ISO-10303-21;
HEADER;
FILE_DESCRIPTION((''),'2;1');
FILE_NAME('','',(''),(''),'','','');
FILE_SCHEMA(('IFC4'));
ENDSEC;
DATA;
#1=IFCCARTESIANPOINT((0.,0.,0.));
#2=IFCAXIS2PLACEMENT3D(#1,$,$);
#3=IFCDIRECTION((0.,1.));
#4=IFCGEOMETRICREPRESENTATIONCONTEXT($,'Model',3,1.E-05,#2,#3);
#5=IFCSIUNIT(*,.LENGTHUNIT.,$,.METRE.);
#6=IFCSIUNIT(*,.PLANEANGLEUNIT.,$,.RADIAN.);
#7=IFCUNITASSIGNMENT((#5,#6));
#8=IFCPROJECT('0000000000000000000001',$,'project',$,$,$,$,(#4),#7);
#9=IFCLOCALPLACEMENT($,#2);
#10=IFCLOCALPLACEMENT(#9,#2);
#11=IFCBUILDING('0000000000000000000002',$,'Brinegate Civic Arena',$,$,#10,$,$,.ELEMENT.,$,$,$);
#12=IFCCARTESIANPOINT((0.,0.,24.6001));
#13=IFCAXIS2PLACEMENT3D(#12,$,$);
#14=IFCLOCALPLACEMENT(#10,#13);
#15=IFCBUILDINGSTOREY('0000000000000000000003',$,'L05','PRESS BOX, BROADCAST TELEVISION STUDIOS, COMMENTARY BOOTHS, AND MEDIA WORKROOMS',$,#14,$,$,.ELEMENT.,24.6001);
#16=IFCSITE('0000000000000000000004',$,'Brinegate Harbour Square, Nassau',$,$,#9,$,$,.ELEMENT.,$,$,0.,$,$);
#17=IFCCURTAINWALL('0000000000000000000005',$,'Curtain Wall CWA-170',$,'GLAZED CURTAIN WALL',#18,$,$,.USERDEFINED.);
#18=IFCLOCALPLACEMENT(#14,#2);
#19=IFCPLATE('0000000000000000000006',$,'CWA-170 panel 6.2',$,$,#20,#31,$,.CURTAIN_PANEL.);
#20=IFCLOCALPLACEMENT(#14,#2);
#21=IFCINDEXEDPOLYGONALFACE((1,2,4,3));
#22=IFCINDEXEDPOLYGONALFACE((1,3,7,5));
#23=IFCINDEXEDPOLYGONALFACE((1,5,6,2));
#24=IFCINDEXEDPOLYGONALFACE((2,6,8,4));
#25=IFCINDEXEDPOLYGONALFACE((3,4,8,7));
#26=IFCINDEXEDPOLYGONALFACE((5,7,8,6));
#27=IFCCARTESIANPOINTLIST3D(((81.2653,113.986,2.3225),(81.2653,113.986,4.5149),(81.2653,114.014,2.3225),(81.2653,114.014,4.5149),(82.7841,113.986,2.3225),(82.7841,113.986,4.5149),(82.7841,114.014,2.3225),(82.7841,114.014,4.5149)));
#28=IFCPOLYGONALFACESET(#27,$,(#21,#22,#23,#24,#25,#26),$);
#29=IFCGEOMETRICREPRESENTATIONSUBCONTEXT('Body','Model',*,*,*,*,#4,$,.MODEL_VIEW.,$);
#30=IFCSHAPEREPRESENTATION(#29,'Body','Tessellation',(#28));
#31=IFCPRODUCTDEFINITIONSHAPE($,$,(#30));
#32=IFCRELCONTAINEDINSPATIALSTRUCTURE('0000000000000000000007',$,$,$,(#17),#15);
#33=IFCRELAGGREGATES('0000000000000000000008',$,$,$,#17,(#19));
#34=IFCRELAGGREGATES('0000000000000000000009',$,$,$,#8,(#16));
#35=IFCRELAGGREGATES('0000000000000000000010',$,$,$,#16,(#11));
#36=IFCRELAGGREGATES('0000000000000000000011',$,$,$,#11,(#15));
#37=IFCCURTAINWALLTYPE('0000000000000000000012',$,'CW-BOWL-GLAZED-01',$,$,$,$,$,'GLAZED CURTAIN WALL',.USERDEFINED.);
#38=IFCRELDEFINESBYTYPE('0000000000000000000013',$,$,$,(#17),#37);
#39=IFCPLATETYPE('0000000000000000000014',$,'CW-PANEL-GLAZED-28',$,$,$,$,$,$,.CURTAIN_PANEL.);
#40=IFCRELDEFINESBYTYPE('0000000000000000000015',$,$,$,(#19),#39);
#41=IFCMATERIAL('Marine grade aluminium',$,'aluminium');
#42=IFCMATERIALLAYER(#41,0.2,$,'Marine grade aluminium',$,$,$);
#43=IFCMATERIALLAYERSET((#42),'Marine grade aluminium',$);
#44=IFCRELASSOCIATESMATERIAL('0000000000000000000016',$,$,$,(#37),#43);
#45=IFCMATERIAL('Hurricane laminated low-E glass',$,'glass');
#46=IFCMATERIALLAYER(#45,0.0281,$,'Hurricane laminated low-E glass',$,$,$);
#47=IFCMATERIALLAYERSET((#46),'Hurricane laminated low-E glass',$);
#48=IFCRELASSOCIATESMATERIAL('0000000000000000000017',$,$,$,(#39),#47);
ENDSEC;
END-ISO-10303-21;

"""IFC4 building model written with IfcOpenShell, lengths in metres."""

from ifc_helpers import new_model, si_unit, direction, frame, origin, origin_2d, place, context, subcontext, project, spatial, rectangle, extrude, material, layer, layer_set, type_object, element, aggregate, save


model = new_model("IFC4")

# Units and contexts
model_context = context("Model", 3, precision=1e-05, world=origin(), true_north=direction((0.0, 1.0)))
body_context = subcontext(model_context, "Body", "Model", "MODEL_VIEW")
ifc_project = project(units=[si_unit("LENGTHUNIT", "METRE"), si_unit("PLANEANGLEUNIT", "RADIAN")], contexts=[model_context])

# Site, building, storey
site_placement = place(None, origin())
site = spatial("IfcSite", under=ifc_project, at=site_placement, Name="Brinegate Harbour Square, Nassau", CompositionType="ELEMENT", RefElevation=0.0)
building_placement = place(site_placement, origin())
building = spatial("IfcBuilding", under=site, at=building_placement, Name="Brinegate Civic Arena", CompositionType="ELEMENT")
storey_placement = place(building_placement, frame((0.0, 0.0, 24.6001)))
storey = spatial("IfcBuildingStorey", under=building, at=storey_placement, Name="L05", Description="PRESS BOX, BROADCAST TELEVISION STUDIOS, COMMENTARY BOOTHS, AND MEDIA WORKROOMS", CompositionType="ELEMENT", Elevation=24.6001)

# Curtain wall, plate
ifc_material_1 = material(Name="Marine grade aluminium", Category="aluminium")
ifc_layer_1 = layer(ifc_material_1, 0.2, Name="Marine grade aluminium")
ifc_layer_set_1 = layer_set([ifc_layer_1], Name="Marine grade aluminium")
curtain_wall_type = type_object("IfcCurtainWallType", Name="CW-BOWL-GLAZED-01", ElementType="GLAZED CURTAIN WALL", PredefinedType="USERDEFINED", material=ifc_layer_set_1)
curtain_wall_placement = place(storey_placement, origin())
curtain_wall = element("IfcCurtainWall", 1, at=curtain_wall_placement, inside=storey, type_object=curtain_wall_type, Name="Curtain Wall CWA-170", ObjectType="GLAZED CURTAIN WALL", PredefinedType="USERDEFINED")
ifc_material_2 = material(Name="Hurricane laminated low-E glass", Category="glass")
ifc_layer_2 = layer(ifc_material_2, 0.0281, Name="Hurricane laminated low-E glass")
ifc_layer_set_2 = layer_set([ifc_layer_2], Name="Hurricane laminated low-E glass")
plate_type = type_object("IfcPlateType", Name="CW-PANEL-GLAZED-28", PredefinedType="CURTAIN_PANEL", material=ifc_layer_set_2)
plate_1_placement = place(storey_placement, frame((82.0247, 114.0, 2.3225), z_axis=(0.0, 0.0, 1.0), x_axis=(1.0, 0.0, 0.0)))
plate_1 = element("IfcPlate", 2, at=plate_1_placement, type_object=plate_type, Name="CWA-170 panel 6.2", PredefinedType="CURTAIN_PANEL", context=body_context, shape_type="SweptSolid", body=[
    extrude(rectangle(XDim=1.5188, YDim=0.0281, at=origin_2d()), origin(), (0.0, 0.0, 1.0), 2.1924),
])
aggregate(curtain_wall, [plate_1])

save(model, "model.ifc")
